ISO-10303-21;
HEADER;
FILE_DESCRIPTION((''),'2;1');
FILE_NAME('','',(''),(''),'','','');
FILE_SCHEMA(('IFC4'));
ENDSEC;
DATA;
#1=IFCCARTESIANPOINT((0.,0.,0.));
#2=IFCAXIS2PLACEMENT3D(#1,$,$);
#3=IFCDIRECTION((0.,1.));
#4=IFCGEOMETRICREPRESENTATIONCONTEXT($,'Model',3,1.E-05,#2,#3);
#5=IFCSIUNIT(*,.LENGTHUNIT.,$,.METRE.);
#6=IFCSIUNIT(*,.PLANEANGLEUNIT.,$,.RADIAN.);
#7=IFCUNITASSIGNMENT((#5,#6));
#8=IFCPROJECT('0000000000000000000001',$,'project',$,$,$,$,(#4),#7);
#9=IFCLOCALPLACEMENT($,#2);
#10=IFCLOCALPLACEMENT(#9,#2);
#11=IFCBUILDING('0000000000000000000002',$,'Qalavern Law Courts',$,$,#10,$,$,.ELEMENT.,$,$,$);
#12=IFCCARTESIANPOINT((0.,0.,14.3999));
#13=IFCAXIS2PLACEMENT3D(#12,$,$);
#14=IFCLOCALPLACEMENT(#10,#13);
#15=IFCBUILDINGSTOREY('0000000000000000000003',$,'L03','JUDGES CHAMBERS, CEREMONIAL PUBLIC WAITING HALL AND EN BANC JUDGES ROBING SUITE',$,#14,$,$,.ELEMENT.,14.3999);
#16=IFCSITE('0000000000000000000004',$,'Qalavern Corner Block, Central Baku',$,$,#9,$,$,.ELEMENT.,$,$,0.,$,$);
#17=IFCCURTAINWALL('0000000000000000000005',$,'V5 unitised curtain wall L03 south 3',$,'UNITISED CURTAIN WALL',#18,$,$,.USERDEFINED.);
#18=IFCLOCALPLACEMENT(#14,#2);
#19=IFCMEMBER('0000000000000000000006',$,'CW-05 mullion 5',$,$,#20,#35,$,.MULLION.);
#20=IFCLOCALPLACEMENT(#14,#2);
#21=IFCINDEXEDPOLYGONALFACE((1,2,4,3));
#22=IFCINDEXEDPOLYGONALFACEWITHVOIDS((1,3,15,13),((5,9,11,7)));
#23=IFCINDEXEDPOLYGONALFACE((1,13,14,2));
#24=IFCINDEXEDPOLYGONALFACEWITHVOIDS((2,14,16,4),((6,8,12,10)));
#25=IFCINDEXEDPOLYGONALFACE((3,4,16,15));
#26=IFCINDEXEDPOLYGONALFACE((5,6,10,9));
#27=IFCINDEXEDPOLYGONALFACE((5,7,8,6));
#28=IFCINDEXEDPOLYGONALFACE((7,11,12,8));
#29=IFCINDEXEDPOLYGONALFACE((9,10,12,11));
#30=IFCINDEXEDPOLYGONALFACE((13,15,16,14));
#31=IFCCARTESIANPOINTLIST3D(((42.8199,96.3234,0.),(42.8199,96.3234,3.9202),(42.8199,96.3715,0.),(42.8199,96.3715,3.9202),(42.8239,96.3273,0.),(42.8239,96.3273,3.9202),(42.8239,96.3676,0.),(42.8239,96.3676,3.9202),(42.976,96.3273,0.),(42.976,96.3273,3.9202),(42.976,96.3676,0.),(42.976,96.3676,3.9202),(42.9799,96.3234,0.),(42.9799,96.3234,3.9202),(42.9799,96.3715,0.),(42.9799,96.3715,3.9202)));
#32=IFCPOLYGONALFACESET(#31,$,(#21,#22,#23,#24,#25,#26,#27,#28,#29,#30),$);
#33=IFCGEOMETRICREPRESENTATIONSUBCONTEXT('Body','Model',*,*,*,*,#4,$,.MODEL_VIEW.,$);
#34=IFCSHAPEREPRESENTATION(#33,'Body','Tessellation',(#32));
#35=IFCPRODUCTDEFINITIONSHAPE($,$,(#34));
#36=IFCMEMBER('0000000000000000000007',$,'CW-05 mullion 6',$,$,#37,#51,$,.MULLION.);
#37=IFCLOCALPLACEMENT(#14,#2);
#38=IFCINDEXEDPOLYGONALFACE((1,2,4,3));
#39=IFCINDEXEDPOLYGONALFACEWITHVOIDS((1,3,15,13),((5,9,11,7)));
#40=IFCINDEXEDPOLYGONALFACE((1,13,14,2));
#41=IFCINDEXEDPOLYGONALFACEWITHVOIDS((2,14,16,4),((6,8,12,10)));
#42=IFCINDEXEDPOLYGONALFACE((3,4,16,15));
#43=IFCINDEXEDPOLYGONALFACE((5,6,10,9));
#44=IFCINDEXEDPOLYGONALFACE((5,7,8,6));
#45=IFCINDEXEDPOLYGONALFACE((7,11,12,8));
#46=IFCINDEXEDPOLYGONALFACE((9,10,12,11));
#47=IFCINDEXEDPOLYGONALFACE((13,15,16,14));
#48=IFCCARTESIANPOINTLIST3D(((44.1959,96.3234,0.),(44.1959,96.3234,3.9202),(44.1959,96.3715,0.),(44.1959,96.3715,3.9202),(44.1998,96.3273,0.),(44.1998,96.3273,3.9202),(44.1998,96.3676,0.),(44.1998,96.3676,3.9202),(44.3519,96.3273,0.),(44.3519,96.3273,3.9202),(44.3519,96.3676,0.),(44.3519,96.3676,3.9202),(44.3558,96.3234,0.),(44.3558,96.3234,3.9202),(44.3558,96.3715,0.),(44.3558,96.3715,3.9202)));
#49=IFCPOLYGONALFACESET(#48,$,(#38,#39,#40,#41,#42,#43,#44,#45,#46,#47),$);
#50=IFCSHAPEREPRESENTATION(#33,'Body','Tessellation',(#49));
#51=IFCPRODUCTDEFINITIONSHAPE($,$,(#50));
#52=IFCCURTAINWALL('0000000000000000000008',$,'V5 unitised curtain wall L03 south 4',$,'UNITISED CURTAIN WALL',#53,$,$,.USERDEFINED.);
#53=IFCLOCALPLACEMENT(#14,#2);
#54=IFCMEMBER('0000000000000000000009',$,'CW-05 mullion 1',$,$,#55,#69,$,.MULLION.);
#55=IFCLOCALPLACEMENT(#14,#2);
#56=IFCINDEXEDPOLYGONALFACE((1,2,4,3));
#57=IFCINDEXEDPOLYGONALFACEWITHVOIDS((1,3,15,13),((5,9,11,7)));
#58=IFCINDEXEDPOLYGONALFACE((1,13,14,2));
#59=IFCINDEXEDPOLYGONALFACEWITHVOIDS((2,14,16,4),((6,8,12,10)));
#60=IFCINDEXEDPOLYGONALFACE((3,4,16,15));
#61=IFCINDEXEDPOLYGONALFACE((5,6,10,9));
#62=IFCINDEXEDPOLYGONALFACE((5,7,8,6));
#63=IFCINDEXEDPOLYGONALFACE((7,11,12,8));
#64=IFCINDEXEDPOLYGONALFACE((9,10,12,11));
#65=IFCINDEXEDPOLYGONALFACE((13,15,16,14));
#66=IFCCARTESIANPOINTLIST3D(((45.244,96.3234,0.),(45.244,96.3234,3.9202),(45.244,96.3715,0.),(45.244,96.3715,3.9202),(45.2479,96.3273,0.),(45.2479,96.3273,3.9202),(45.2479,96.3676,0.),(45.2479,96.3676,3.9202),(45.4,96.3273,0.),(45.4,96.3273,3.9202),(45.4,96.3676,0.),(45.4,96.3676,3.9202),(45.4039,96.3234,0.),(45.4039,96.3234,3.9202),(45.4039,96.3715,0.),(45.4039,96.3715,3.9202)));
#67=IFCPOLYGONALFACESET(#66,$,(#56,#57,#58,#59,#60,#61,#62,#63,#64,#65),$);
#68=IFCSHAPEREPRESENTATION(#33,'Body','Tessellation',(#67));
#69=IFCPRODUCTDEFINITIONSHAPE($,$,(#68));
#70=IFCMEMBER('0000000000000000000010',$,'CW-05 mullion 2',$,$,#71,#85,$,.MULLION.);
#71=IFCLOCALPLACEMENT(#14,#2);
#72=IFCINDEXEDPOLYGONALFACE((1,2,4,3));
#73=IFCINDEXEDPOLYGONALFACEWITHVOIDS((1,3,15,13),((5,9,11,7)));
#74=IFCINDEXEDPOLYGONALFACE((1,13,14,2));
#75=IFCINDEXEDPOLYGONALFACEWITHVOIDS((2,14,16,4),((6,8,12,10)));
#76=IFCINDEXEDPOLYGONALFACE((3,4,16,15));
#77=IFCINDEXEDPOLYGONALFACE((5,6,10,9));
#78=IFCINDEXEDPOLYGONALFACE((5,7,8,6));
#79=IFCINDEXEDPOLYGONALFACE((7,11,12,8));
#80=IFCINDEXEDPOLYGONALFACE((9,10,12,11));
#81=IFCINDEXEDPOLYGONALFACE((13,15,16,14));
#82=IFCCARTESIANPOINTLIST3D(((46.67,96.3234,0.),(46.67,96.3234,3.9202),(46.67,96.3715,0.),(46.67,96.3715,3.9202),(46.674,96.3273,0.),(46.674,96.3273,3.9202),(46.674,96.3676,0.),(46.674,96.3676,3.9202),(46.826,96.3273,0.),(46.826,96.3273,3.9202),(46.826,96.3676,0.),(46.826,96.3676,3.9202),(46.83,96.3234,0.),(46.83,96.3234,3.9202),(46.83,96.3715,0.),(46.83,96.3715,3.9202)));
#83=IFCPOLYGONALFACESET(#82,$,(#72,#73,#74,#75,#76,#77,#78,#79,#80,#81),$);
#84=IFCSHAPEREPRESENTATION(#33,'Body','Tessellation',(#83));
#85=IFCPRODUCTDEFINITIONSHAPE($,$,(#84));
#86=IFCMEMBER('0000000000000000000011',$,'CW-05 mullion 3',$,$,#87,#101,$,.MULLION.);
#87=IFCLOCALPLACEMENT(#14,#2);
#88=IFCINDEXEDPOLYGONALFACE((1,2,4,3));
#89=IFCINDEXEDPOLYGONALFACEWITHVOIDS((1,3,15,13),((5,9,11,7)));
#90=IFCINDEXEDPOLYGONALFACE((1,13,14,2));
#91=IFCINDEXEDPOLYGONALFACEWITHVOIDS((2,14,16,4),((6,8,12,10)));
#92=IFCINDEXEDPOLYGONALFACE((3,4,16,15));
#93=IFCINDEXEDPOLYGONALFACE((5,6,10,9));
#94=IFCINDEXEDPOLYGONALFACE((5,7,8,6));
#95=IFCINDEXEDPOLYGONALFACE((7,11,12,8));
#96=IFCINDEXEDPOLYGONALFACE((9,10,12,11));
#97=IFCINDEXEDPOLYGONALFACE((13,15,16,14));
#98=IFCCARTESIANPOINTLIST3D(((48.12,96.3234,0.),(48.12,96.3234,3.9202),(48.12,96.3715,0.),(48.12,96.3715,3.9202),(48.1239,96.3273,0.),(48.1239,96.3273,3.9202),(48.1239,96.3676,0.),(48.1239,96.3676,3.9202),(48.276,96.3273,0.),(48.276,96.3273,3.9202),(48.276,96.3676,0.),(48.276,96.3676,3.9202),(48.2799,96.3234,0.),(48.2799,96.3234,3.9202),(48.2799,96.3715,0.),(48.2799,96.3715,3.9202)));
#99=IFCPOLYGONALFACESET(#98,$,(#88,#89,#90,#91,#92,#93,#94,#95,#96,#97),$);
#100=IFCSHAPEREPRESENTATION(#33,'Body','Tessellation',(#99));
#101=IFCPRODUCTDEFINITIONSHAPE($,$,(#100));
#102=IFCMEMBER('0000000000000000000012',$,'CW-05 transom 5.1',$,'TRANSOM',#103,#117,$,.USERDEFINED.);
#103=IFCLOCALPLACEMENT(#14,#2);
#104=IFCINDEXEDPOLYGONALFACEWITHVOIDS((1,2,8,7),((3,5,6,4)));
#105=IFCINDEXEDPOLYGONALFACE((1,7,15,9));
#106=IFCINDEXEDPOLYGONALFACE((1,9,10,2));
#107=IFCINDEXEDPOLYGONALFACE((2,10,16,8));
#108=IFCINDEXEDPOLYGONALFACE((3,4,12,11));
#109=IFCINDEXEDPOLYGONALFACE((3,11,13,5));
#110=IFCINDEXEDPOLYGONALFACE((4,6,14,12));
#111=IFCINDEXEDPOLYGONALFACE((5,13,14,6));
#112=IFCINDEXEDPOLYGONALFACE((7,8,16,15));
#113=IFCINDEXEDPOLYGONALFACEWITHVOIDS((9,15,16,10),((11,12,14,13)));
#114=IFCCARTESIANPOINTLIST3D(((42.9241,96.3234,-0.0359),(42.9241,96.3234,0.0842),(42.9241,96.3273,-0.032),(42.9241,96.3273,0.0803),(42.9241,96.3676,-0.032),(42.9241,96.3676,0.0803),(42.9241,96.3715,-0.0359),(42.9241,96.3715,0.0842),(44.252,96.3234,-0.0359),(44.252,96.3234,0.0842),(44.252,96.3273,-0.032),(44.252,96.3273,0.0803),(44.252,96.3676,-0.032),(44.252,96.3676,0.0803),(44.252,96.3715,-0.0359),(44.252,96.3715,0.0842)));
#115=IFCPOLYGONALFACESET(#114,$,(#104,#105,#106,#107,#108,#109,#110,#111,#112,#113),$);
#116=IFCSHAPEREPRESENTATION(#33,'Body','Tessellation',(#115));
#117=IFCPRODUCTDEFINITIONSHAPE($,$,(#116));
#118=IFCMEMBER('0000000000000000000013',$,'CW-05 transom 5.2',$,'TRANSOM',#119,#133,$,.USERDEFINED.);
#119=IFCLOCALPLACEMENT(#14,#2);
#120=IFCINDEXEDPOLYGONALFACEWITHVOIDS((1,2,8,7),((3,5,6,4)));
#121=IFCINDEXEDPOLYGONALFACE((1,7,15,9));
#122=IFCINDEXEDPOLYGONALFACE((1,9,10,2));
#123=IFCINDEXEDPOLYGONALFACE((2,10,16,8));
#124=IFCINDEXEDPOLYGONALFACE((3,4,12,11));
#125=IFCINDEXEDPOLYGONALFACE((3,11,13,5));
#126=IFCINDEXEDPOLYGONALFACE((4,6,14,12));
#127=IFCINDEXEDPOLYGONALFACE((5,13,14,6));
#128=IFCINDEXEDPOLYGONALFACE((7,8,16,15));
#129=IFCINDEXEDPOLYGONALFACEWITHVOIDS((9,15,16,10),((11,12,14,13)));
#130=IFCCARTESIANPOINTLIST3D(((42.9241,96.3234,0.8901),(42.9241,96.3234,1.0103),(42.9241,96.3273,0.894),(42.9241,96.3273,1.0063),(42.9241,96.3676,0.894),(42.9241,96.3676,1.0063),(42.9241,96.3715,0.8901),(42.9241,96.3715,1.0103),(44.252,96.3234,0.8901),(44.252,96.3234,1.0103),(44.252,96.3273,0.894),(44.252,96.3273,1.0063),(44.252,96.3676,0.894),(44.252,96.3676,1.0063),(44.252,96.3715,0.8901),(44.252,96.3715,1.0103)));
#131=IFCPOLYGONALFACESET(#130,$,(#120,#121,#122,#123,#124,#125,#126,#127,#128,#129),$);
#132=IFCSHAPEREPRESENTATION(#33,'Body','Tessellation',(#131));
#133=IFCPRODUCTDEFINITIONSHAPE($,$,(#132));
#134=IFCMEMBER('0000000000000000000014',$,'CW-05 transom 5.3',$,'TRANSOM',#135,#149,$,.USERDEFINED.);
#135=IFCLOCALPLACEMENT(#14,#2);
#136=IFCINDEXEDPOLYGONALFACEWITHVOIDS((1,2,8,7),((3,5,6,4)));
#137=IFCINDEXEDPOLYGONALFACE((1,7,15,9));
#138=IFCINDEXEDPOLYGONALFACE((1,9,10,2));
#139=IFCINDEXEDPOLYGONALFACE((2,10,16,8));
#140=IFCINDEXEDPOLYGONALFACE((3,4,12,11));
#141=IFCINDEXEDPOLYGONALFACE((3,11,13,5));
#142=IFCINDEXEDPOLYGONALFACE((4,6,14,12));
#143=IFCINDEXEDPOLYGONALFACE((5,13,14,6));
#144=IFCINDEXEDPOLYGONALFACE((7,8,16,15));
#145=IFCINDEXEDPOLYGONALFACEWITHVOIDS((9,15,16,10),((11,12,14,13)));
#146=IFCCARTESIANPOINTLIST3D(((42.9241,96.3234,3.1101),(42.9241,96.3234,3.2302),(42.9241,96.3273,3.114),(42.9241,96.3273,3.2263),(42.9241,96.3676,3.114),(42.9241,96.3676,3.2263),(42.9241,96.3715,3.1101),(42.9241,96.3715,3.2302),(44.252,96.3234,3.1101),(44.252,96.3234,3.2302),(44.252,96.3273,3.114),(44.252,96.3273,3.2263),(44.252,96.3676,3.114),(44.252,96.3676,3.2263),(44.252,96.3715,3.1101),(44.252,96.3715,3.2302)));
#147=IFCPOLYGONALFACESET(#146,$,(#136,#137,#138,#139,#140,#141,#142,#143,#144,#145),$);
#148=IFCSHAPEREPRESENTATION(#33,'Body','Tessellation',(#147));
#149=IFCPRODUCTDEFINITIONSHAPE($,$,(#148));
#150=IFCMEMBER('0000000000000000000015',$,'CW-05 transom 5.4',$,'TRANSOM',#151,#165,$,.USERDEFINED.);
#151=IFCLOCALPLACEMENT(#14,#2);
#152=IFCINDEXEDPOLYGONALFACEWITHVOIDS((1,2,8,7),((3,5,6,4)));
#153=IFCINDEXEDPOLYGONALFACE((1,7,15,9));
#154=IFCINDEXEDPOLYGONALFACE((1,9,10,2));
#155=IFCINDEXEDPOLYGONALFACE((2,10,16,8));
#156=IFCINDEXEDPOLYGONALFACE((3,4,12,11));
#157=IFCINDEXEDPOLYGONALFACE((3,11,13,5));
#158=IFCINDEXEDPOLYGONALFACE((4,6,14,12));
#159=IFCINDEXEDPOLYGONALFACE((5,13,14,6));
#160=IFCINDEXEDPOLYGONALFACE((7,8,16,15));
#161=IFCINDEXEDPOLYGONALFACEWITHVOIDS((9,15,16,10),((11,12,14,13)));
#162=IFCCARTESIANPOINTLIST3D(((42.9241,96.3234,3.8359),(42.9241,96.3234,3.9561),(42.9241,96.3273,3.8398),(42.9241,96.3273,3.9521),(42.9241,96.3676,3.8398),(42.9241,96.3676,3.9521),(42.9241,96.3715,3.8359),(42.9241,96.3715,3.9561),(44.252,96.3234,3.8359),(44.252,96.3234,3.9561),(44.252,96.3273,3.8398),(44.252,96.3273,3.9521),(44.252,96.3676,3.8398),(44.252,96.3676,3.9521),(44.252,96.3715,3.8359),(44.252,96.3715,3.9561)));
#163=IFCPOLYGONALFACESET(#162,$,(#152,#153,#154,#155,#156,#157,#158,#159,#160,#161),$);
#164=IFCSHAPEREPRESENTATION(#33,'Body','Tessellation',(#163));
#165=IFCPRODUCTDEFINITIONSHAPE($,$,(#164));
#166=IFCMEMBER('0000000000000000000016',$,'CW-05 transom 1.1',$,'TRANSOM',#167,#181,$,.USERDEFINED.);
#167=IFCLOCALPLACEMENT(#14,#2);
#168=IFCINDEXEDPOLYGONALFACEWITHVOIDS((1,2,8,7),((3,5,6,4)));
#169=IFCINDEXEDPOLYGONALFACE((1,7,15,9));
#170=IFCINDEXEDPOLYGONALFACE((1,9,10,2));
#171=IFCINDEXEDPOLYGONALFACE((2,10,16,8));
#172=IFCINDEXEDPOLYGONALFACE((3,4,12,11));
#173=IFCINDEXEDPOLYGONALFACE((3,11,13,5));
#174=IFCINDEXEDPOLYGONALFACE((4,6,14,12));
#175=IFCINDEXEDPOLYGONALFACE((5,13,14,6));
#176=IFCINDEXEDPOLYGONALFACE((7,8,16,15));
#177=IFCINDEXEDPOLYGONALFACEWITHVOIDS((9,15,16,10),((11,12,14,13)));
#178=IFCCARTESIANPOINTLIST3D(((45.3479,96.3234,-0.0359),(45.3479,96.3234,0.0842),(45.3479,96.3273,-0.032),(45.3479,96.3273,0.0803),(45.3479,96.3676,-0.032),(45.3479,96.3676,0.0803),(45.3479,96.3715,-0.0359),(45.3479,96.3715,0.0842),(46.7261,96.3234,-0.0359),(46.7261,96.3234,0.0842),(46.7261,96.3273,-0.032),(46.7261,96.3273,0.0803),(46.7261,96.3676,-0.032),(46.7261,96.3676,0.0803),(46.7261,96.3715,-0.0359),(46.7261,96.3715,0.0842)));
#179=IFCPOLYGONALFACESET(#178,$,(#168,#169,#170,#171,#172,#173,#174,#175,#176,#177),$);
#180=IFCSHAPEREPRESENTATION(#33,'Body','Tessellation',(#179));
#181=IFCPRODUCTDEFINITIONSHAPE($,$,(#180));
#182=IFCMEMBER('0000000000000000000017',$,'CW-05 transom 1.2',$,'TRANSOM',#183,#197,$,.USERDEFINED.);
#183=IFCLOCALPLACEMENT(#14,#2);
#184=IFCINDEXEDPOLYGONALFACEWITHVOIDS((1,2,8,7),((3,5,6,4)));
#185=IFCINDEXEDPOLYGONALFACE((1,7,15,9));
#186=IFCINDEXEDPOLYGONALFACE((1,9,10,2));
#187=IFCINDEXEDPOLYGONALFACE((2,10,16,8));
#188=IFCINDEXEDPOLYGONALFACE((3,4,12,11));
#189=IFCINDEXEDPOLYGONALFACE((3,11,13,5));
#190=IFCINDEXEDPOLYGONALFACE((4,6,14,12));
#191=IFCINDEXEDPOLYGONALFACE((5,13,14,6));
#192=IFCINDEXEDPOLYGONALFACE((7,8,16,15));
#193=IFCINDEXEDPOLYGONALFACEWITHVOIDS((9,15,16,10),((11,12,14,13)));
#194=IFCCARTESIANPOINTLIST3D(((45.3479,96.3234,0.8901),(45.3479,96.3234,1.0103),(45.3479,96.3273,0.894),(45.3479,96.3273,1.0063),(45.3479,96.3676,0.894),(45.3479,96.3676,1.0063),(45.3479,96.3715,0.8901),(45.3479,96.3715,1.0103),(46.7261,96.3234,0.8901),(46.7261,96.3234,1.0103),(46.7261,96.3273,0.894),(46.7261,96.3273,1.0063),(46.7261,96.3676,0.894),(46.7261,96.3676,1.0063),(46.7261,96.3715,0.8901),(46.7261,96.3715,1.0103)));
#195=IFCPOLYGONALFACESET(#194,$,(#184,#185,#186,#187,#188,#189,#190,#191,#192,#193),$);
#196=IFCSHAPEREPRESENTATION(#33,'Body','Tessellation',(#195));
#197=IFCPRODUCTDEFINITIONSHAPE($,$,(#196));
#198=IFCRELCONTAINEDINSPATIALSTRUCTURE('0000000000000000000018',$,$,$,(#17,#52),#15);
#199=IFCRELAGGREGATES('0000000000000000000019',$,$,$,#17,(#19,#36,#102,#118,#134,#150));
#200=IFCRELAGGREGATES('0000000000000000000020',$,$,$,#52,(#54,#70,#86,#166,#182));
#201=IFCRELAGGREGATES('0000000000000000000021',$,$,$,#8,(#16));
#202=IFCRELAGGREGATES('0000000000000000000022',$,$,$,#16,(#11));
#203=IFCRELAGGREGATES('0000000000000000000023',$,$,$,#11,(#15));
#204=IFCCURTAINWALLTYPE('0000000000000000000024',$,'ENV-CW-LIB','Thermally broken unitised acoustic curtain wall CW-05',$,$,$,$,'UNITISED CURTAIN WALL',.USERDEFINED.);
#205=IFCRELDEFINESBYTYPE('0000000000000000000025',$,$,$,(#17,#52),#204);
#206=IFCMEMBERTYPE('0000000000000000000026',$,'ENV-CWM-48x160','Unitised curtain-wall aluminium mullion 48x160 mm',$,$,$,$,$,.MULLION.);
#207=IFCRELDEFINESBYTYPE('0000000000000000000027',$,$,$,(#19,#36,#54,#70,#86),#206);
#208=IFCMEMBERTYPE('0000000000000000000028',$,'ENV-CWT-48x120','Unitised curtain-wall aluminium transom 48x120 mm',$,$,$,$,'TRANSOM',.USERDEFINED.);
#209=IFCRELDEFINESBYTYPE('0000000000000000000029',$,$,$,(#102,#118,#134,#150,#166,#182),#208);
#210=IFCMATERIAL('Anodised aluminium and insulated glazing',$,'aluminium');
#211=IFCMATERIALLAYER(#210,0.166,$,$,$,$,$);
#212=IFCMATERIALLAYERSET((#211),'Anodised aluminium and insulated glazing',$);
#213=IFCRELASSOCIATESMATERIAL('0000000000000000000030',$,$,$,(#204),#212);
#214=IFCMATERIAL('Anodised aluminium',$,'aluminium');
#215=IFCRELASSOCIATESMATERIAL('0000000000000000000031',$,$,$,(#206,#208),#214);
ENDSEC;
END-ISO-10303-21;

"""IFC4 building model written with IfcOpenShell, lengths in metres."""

from ifc_helpers import new_model, si_unit, direction, frame, origin, origin_2d, place, context, subcontext, project, spatial, hollow_rectangle, extrude, material, layer, layer_set, material_profile, profile_set, type_object, element, aggregate, save


model = new_model("IFC4")

# Units and contexts
model_context = context("Model", 3, precision=1e-05, world=origin(), true_north=direction((0.0, 1.0)))
body_context = subcontext(model_context, "Body", "Model", "MODEL_VIEW")
ifc_project = project(units=[si_unit("LENGTHUNIT", "METRE"), si_unit("PLANEANGLEUNIT", "RADIAN")], contexts=[model_context])

# Site, building, storey
site_placement = place(None, origin())
site = spatial("IfcSite", under=ifc_project, at=site_placement, Name="Qalavern Corner Block, Central Baku", CompositionType="ELEMENT", RefElevation=0.0)
building_placement = place(site_placement, origin())
building = spatial("IfcBuilding", under=site, at=building_placement, Name="Qalavern Law Courts", CompositionType="ELEMENT")
storey_placement = place(building_placement, frame((0.0, 0.0, 14.3999)))
storey = spatial("IfcBuildingStorey", under=building, at=storey_placement, Name="L03", Description="JUDGES CHAMBERS, CEREMONIAL PUBLIC WAITING HALL AND EN BANC JUDGES ROBING SUITE", CompositionType="ELEMENT", Elevation=14.3999)

# Curtain walls, members
ifc_material_1 = material(Name="Anodised aluminium and insulated glazing", Category="aluminium")
ifc_layer_1 = layer(ifc_material_1, 0.166)
ifc_layer_set_1 = layer_set([ifc_layer_1], Name="Anodised aluminium and insulated glazing")
curtain_wall_type = type_object("IfcCurtainWallType", Name="ENV-CW-LIB", Description="Thermally broken unitised acoustic curtain wall CW-05", ElementType="UNITISED CURTAIN WALL", PredefinedType="USERDEFINED", material=ifc_layer_set_1)
curtain_wall_1_placement = place(storey_placement, origin())
curtain_wall_1 = element("IfcCurtainWall", 1, at=curtain_wall_1_placement, inside=storey, type_object=curtain_wall_type, Name="V5 unitised curtain wall L03 south 3", ObjectType="UNITISED CURTAIN WALL", PredefinedType="USERDEFINED")
ifc_material_2 = material(Name="Anodised aluminium", Category="aluminium")
ifc_material_profile_1 = material_profile(ifc_material_2, hollow_rectangle(XDim=0.0481, YDim=0.1599, WallThickness=0.0039, at=origin_2d()), Name="ALU MULLION 48x160")
ifc_profile_set_1 = profile_set([ifc_material_profile_1], Name="Anodised aluminium")
member_type_1 = type_object("IfcMemberType", Name="ENV-CWM-48x160", Description="Unitised curtain-wall aluminium mullion 48x160 mm", PredefinedType="MULLION", material=ifc_profile_set_1)
member_1_placement = place(storey_placement, frame((42.8999, 96.3474, 0.0), z_axis=(0.0, 0.0, 1.0), x_axis=(0.0, 1.0, 0.0)))
member_1 = element("IfcMember", 2, at=member_1_placement, type_object=member_type_1, Name="CW-05 mullion 5", PredefinedType="MULLION", context=body_context, shape_type="SweptSolid", body=[
    extrude(hollow_rectangle(XDim=0.0481, YDim=0.1599, WallThickness=0.0039, at=origin_2d()), origin(), (0.0, 0.0, 1.0), 3.9202),
])
member_2_placement = place(storey_placement, frame((44.2759, 96.3474, 0.0), z_axis=(0.0, 0.0, 1.0), x_axis=(0.0, 1.0, 0.0)))
member_2 = element("IfcMember", 3, at=member_2_placement, type_object=member_type_1, Name="CW-05 mullion 6", PredefinedType="MULLION", context=body_context, shape_type="SweptSolid", body=[
    extrude(hollow_rectangle(XDim=0.0481, YDim=0.1599, WallThickness=0.0039, at=origin_2d()), origin(), (0.0, 0.0, 1.0), 3.9202),
])
curtain_wall_2_placement = place(storey_placement, origin())
curtain_wall_2 = element("IfcCurtainWall", 4, at=curtain_wall_2_placement, inside=storey, type_object=curtain_wall_type, Name="V5 unitised curtain wall L03 south 4", ObjectType="UNITISED CURTAIN WALL", PredefinedType="USERDEFINED")
member_3_placement = place(storey_placement, frame((45.324, 96.3474, 0.0), z_axis=(0.0, 0.0, 1.0), x_axis=(0.0, 1.0, 0.0)))
member_3 = element("IfcMember", 5, at=member_3_placement, type_object=member_type_1, Name="CW-05 mullion 1", PredefinedType="MULLION", context=body_context, shape_type="SweptSolid", body=[
    extrude(hollow_rectangle(XDim=0.0481, YDim=0.1599, WallThickness=0.0039, at=origin_2d()), origin(), (0.0, 0.0, 1.0), 3.9202),
])
member_4_placement = place(storey_placement, frame((46.75, 96.3474, 0.0), z_axis=(0.0, 0.0, 1.0), x_axis=(0.0, 1.0, 0.0)))
member_4 = element("IfcMember", 6, at=member_4_placement, type_object=member_type_1, Name="CW-05 mullion 2", PredefinedType="MULLION", context=body_context, shape_type="SweptSolid", body=[
    extrude(hollow_rectangle(XDim=0.0481, YDim=0.1599, WallThickness=0.0039, at=origin_2d()), origin(), (0.0, 0.0, 1.0), 3.9202),
])
member_5_placement = place(storey_placement, frame((48.2, 96.3474, 0.0), z_axis=(0.0, 0.0, 1.0), x_axis=(0.0, 1.0, 0.0)))
member_5 = element("IfcMember", 7, at=member_5_placement, type_object=member_type_1, Name="CW-05 mullion 3", PredefinedType="MULLION", context=body_context, shape_type="SweptSolid", body=[
    extrude(hollow_rectangle(XDim=0.0481, YDim=0.1599, WallThickness=0.0039, at=origin_2d()), origin(), (0.0, 0.0, 1.0), 3.9202),
])

# Members
ifc_material_profile_2 = material_profile(ifc_material_2, hollow_rectangle(XDim=0.0481, YDim=0.1201, WallThickness=0.0039, at=origin_2d()), Name="ALU TRANSOM 48x120")
ifc_profile_set_2 = profile_set([ifc_material_profile_2], Name="Anodised aluminium")
member_type_2 = type_object("IfcMemberType", Name="ENV-CWT-48x120", Description="Unitised curtain-wall aluminium transom 48x120 mm", ElementType="TRANSOM", PredefinedType="USERDEFINED", material=ifc_profile_set_2)
member_6_placement = place(storey_placement, frame((42.9241, 96.3474, 0.0242), z_axis=(1.0, 0.0, 0.0), x_axis=(0.0, 1.0, 0.0)))
member_6 = element("IfcMember", 8, at=member_6_placement, type_object=member_type_2, Name="CW-05 transom 5.1", ObjectType="TRANSOM", PredefinedType="USERDEFINED", context=body_context, shape_type="SweptSolid", body=[
    extrude(hollow_rectangle(XDim=0.0481, YDim=0.1201, WallThickness=0.0039, at=origin_2d()), origin(), (0.0, 0.0, 1.0), 1.3279),
])
member_7_placement = place(storey_placement, frame((42.9241, 96.3474, 0.9502), z_axis=(1.0, 0.0, 0.0), x_axis=(0.0, 1.0, 0.0)))
member_7 = element("IfcMember", 9, at=member_7_placement, type_object=member_type_2, Name="CW-05 transom 5.2", ObjectType="TRANSOM", PredefinedType="USERDEFINED", context=body_context, shape_type="SweptSolid", body=[
    extrude(hollow_rectangle(XDim=0.0481, YDim=0.1201, WallThickness=0.0039, at=origin_2d()), origin(), (0.0, 0.0, 1.0), 1.3279),
])
member_8_placement = place(storey_placement, frame((42.9241, 96.3474, 3.1702), z_axis=(1.0, 0.0, 0.0), x_axis=(0.0, 1.0, 0.0)))
member_8 = element("IfcMember", 10, at=member_8_placement, type_object=member_type_2, Name="CW-05 transom 5.3", ObjectType="TRANSOM", PredefinedType="USERDEFINED", context=body_context, shape_type="SweptSolid", body=[
    extrude(hollow_rectangle(XDim=0.0481, YDim=0.1201, WallThickness=0.0039, at=origin_2d()), origin(), (0.0, 0.0, 1.0), 1.3279),
])
member_9_placement = place(storey_placement, frame((42.9241, 96.3474, 3.896), z_axis=(1.0, 0.0, 0.0), x_axis=(0.0, 1.0, 0.0)))
member_9 = element("IfcMember", 11, at=member_9_placement, type_object=member_type_2, Name="CW-05 transom 5.4", ObjectType="TRANSOM", PredefinedType="USERDEFINED", context=body_context, shape_type="SweptSolid", body=[
    extrude(hollow_rectangle(XDim=0.0481, YDim=0.1201, WallThickness=0.0039, at=origin_2d()), origin(), (0.0, 0.0, 1.0), 1.3279),
])
member_10_placement = place(storey_placement, frame((45.3479, 96.3474, 0.0242), z_axis=(1.0, 0.0, 0.0), x_axis=(0.0, 1.0, 0.0)))
member_10 = element("IfcMember", 12, at=member_10_placement, type_object=member_type_2, Name="CW-05 transom 1.1", ObjectType="TRANSOM", PredefinedType="USERDEFINED", context=body_context, shape_type="SweptSolid", body=[
    extrude(hollow_rectangle(XDim=0.0481, YDim=0.1201, WallThickness=0.0039, at=origin_2d()), origin(), (0.0, 0.0, 1.0), 1.3782),
])
member_11_placement = place(storey_placement, frame((45.3479, 96.3474, 0.9502), z_axis=(1.0, 0.0, 0.0), x_axis=(0.0, 1.0, 0.0)))
member_11 = element("IfcMember", 13, at=member_11_placement, type_object=member_type_2, Name="CW-05 transom 1.2", ObjectType="TRANSOM", PredefinedType="USERDEFINED", context=body_context, shape_type="SweptSolid", body=[
    extrude(hollow_rectangle(XDim=0.0481, YDim=0.1201, WallThickness=0.0039, at=origin_2d()), origin(), (0.0, 0.0, 1.0), 1.3782),
])

aggregate(curtain_wall_1, [member_1, member_2, member_6, member_7, member_8, member_9])
aggregate(curtain_wall_2, [member_3, member_4, member_5, member_10, member_11])

save(model, "model.ifc")
